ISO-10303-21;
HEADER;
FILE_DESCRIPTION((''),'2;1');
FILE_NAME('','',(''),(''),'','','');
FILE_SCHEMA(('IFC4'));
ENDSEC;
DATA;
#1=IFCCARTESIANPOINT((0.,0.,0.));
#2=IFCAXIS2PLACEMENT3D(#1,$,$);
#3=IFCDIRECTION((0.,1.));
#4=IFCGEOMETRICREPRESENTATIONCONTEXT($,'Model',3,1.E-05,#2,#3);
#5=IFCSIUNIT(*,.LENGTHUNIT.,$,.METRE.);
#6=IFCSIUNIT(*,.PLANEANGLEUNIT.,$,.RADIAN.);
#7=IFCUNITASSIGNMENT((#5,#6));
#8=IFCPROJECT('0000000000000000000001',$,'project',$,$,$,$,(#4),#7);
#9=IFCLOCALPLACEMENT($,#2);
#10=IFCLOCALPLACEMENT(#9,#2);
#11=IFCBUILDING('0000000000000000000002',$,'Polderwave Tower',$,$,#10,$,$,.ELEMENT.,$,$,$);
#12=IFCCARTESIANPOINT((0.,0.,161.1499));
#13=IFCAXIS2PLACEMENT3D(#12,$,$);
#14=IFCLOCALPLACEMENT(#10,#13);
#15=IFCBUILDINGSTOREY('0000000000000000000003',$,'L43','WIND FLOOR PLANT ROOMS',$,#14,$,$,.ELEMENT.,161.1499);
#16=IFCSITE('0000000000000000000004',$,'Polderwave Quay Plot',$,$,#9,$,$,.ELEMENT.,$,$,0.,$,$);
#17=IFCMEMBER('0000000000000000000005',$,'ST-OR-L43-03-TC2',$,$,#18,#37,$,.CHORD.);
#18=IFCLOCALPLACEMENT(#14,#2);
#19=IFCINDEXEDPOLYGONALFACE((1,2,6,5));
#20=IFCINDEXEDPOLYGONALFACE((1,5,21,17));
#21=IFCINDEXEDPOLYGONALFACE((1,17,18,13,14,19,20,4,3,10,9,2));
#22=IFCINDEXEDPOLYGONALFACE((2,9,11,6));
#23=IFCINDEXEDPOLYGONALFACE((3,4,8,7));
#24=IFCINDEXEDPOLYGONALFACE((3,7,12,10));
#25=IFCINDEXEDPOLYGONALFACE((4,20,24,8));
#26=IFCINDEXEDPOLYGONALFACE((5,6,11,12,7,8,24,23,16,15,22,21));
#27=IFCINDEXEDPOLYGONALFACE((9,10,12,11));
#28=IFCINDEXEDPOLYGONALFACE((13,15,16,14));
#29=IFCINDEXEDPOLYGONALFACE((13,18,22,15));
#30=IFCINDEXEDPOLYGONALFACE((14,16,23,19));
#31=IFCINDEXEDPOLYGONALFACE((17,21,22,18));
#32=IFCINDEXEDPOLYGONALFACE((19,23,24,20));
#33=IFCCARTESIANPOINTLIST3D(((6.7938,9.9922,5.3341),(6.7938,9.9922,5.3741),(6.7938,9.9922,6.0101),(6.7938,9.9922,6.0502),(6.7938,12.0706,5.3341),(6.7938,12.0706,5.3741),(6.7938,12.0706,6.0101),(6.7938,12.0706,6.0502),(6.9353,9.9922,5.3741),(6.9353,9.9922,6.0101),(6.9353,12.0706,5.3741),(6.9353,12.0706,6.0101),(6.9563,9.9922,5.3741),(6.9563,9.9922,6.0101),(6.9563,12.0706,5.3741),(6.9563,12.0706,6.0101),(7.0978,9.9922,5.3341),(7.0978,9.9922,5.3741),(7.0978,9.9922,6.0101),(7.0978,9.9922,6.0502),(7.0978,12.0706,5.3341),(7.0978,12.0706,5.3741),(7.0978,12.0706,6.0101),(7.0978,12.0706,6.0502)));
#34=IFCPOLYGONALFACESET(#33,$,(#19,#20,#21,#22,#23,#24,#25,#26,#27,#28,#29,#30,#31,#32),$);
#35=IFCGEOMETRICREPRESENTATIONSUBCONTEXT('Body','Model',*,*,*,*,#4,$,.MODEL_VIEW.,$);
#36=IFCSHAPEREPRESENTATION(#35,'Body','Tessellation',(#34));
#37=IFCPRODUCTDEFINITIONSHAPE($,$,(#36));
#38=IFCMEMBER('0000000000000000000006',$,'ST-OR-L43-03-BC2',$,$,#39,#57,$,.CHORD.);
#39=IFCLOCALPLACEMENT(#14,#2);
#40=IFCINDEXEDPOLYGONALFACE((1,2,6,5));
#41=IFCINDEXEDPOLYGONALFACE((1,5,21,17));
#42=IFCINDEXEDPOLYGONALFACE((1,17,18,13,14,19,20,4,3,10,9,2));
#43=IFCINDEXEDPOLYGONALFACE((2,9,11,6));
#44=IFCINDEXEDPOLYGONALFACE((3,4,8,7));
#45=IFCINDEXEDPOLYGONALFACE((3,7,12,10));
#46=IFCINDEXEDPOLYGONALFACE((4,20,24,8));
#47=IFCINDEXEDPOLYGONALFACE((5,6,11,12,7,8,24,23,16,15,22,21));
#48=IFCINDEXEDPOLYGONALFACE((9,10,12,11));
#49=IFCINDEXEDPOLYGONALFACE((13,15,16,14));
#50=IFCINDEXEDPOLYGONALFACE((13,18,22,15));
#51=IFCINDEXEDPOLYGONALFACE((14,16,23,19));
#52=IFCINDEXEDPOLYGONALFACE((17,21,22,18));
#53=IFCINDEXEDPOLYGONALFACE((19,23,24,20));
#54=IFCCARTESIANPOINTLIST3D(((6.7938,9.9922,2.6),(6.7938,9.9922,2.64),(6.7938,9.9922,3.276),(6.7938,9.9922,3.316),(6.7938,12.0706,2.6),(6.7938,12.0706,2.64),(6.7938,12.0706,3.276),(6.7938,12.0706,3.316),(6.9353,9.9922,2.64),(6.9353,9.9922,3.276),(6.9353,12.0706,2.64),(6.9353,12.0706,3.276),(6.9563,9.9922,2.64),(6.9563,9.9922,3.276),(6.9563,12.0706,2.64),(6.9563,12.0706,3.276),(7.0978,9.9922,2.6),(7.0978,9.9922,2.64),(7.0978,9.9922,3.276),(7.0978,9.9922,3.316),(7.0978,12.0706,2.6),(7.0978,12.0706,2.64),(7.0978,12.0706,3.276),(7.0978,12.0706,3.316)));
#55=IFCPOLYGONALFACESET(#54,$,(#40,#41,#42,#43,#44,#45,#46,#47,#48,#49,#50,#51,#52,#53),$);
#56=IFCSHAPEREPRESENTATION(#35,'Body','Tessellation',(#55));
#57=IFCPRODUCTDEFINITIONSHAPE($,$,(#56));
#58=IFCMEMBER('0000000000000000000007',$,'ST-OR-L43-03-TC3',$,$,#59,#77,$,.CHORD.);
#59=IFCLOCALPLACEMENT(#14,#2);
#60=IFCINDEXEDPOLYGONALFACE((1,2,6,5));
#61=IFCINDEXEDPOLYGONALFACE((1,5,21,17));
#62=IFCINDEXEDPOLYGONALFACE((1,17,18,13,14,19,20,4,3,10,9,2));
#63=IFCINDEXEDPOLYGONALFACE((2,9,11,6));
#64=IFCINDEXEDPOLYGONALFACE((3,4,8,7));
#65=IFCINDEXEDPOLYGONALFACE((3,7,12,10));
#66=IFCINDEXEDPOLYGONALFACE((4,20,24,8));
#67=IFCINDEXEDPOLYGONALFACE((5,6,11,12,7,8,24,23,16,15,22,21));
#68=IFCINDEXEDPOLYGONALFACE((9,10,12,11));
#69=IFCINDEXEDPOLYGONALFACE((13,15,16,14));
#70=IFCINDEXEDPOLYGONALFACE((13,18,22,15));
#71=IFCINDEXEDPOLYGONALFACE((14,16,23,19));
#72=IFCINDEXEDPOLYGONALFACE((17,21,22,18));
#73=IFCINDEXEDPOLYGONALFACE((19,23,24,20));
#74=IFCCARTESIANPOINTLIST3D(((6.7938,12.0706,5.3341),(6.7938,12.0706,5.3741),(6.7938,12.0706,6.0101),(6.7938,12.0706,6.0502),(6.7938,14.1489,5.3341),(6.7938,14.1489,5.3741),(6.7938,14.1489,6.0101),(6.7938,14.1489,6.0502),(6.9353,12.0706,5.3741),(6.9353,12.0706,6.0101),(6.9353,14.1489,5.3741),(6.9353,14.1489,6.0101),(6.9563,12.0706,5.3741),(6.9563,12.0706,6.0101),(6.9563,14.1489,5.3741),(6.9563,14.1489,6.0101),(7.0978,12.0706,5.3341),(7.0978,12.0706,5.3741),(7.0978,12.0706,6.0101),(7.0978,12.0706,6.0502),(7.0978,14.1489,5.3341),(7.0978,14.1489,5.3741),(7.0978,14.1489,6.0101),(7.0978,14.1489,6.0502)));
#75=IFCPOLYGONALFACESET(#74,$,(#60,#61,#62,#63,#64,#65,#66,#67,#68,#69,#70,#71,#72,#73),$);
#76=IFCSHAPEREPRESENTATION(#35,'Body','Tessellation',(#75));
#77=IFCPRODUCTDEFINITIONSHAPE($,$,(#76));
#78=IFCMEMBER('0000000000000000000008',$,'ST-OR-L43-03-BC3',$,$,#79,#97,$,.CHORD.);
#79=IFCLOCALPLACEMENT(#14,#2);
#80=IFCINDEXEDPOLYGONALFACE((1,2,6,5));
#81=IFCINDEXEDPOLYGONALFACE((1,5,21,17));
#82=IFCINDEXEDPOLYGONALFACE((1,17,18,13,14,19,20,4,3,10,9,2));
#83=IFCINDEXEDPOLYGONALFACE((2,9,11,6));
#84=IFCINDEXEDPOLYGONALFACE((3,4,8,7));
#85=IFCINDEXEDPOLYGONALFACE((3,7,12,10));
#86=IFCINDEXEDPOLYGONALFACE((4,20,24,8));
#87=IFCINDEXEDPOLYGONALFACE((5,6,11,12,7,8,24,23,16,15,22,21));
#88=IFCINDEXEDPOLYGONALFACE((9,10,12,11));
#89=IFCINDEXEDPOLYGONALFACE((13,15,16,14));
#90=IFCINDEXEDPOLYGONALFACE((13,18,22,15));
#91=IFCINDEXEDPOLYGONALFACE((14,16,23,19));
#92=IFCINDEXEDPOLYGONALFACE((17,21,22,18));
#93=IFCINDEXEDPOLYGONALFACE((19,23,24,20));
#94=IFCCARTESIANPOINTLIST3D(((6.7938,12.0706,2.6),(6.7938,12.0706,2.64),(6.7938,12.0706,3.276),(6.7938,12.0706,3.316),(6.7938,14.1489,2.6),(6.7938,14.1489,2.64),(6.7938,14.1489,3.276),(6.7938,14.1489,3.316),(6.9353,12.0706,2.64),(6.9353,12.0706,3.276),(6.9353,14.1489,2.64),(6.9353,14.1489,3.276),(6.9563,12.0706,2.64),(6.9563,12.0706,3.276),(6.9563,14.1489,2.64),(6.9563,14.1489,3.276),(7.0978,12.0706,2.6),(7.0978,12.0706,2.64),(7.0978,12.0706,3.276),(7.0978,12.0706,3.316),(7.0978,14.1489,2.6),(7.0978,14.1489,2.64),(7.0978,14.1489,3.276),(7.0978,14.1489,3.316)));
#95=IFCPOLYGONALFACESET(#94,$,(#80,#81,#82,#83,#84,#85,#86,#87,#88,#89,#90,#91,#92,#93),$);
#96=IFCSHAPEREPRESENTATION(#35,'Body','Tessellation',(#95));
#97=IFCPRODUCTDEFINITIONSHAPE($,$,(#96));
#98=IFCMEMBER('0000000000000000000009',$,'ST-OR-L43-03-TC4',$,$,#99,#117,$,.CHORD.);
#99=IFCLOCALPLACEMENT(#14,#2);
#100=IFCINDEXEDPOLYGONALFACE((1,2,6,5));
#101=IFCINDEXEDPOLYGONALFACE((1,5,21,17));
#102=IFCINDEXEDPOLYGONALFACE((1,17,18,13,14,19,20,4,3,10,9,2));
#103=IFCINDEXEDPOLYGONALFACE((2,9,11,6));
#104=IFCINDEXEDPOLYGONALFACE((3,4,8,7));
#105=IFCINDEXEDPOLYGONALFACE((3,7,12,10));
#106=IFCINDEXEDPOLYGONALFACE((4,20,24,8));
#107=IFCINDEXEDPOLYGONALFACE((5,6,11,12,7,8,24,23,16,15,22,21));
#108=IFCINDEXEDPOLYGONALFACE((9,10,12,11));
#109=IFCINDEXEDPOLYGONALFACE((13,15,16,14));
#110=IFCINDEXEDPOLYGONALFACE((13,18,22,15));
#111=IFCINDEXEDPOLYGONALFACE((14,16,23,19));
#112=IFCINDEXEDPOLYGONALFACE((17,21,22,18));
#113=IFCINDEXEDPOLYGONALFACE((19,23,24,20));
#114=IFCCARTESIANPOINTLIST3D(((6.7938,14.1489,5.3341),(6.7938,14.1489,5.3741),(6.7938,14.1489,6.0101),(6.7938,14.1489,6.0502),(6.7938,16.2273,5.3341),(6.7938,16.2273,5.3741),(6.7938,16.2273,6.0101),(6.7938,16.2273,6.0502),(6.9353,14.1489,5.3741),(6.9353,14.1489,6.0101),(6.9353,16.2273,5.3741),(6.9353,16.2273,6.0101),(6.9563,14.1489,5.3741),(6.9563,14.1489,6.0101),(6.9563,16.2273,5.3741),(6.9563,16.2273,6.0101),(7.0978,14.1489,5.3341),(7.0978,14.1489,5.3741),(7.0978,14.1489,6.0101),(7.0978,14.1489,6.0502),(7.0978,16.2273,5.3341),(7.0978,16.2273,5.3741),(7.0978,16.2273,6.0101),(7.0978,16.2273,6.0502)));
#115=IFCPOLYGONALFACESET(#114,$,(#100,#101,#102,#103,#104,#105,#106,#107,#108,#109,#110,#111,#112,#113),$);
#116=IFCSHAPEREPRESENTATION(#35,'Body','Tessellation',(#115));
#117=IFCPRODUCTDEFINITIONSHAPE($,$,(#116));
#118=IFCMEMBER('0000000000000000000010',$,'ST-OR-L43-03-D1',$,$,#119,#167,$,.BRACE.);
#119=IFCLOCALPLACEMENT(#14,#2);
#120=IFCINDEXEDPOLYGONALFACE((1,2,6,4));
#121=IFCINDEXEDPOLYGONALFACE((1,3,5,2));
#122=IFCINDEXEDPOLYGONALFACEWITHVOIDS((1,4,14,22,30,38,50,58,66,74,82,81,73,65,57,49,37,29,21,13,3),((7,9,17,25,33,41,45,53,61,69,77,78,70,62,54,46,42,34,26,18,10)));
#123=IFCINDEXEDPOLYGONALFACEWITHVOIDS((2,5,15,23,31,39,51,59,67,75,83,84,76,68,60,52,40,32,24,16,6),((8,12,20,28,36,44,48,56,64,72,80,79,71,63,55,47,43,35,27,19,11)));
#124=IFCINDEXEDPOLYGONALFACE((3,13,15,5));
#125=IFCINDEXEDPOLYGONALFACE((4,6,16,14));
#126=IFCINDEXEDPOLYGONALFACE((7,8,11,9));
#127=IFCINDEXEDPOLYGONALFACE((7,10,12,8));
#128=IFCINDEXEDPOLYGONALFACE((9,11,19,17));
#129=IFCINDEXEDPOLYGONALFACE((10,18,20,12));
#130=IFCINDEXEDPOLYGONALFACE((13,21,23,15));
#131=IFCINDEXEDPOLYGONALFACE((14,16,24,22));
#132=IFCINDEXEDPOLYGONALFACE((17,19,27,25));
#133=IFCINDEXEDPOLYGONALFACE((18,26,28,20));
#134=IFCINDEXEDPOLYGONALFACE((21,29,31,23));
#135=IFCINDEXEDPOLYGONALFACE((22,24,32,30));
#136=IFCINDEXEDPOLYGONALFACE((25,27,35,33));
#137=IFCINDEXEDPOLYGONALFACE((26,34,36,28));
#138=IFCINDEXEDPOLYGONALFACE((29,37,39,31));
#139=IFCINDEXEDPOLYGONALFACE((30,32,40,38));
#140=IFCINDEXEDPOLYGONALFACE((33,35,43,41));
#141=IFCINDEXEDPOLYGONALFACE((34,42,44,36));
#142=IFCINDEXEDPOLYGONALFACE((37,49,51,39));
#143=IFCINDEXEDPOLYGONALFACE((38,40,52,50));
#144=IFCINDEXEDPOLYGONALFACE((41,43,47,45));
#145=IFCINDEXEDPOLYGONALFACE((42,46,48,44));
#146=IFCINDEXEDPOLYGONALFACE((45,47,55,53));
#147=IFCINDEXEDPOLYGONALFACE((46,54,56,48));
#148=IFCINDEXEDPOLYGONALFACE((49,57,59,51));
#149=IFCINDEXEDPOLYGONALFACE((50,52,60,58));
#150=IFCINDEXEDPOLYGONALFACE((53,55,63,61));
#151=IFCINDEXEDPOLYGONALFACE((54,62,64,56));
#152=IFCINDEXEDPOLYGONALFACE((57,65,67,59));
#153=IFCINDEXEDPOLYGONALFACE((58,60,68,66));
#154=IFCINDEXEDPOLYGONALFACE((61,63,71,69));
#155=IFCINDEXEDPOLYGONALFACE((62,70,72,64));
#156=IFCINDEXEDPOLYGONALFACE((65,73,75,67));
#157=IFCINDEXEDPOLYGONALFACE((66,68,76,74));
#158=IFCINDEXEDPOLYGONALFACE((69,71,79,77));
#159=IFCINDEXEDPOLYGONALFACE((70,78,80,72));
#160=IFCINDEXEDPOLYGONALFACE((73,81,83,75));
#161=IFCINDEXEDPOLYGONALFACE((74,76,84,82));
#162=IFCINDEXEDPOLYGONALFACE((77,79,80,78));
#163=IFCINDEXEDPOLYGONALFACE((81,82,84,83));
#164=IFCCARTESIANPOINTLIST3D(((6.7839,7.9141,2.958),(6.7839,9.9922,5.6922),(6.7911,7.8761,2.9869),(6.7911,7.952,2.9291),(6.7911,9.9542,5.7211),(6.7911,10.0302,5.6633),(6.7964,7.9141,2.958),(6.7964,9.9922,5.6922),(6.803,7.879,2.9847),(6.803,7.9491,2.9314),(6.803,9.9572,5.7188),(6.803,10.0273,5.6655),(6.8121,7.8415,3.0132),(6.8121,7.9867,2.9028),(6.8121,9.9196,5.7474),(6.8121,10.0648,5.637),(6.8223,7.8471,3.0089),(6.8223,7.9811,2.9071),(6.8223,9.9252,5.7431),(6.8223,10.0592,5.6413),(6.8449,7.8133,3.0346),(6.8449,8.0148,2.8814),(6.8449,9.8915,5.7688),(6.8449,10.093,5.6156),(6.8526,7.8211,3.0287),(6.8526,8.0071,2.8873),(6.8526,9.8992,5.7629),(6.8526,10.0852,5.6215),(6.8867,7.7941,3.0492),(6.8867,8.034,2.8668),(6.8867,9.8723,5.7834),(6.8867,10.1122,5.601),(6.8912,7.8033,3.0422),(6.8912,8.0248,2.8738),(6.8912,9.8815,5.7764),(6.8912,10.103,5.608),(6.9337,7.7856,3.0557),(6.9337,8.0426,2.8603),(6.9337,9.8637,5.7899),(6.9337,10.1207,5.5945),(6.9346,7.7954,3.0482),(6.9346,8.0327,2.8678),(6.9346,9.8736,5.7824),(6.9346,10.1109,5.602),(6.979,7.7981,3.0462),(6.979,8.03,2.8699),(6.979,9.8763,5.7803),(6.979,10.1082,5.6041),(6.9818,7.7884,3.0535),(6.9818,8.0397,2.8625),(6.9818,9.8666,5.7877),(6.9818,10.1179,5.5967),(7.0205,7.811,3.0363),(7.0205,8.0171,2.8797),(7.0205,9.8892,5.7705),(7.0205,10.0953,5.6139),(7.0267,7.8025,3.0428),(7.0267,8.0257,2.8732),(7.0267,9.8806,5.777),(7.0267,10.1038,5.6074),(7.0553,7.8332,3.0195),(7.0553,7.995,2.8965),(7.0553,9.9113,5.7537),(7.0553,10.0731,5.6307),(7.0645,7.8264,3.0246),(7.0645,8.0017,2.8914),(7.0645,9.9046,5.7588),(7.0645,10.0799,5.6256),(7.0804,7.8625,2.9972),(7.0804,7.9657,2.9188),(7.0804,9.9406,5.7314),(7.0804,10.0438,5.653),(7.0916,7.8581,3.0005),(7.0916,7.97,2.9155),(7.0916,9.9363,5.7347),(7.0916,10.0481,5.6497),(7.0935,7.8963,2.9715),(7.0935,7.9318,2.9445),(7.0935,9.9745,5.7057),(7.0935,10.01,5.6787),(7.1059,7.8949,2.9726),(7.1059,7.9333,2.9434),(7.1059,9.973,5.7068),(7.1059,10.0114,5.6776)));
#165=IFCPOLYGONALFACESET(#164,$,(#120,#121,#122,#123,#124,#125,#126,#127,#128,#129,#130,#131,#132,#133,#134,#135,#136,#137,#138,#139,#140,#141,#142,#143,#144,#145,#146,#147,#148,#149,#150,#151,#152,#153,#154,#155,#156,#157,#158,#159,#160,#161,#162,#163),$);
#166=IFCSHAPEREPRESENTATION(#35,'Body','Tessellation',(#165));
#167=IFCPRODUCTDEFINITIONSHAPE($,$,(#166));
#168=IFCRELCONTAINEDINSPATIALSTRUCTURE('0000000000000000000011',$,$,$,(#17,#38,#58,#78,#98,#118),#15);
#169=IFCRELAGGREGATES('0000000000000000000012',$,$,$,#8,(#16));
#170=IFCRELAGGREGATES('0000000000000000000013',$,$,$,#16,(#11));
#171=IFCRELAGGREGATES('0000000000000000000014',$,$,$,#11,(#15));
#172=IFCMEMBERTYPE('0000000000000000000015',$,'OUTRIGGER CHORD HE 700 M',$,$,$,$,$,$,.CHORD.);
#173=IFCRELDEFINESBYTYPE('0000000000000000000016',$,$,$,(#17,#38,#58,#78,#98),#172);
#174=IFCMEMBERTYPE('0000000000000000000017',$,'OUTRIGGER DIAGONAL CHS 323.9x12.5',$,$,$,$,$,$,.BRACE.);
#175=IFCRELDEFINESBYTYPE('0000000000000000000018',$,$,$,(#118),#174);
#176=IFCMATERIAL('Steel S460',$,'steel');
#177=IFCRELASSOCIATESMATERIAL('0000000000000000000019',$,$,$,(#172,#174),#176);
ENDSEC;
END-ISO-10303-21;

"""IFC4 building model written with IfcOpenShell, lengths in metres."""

from ifc_helpers import new_model, si_unit, direction, frame, origin, origin_2d, place, context, subcontext, project, spatial, hollow_circle, i_section, extrude, material, material_profile, profile_set, type_object, element, save


model = new_model("IFC4")

# Units and contexts
model_context = context("Model", 3, precision=1e-05, world=origin(), true_north=direction((0.0, 1.0)))
body_context = subcontext(model_context, "Body", "Model", "MODEL_VIEW")
ifc_project = project(units=[si_unit("LENGTHUNIT", "METRE"), si_unit("PLANEANGLEUNIT", "RADIAN")], contexts=[model_context])

# Site, building, storey
site_placement = place(None, origin())
site = spatial("IfcSite", under=ifc_project, at=site_placement, Name="Polderwave Quay Plot", CompositionType="ELEMENT", RefElevation=0.0)
building_placement = place(site_placement, origin())
building = spatial("IfcBuilding", under=site, at=building_placement, Name="Polderwave Tower", CompositionType="ELEMENT")
storey_placement = place(building_placement, frame((0.0, 0.0, 161.1499)))
storey = spatial("IfcBuildingStorey", under=building, at=storey_placement, Name="L43", Description="WIND FLOOR PLANT ROOMS", CompositionType="ELEMENT", Elevation=161.1499)

# Members
ifc_material_1 = material(Name="Steel S460", Category="steel")
ifc_material_profile_1 = material_profile(ifc_material_1, i_section(OverallWidth=0.304, OverallDepth=0.7161, WebThickness=0.021, FlangeThickness=0.04, at=origin_2d()), Name="HE 700 M")
ifc_profile_set_1 = profile_set([ifc_material_profile_1], Name="Steel S460")
member_type_1 = type_object("IfcMemberType", Name="OUTRIGGER CHORD HE 700 M", PredefinedType="CHORD", material=ifc_profile_set_1)
for number, where, z_axis, x_axis, name in (
    (1, (6.9458, 9.9922, 5.6921), (0.0, 1.0, 0.0), (-1.0, 0.0, 0.0), "ST-OR-L43-03-TC2"),
    (2, (6.9458, 9.9922, 2.958), (0.0, 1.0, 0.0), (-1.0, 0.0, 0.0), "ST-OR-L43-03-BC2"),
    (3, (6.9458, 12.0706, 5.6921), (0.0, 1.0, 0.0), (-1.0, 0.0, 0.0), "ST-OR-L43-03-TC3"),
    (4, (6.9458, 12.0706, 2.958), (0.0, 1.0, 0.0), (-1.0, 0.0, 0.0), "ST-OR-L43-03-BC3"),
    (5, (6.9458, 14.1489, 5.6921), (0.0, 1.0, 0.0), (-1.0, 0.0, 0.0), "ST-OR-L43-03-TC4"),
):
    element("IfcMember", number, at=place(storey_placement, frame(where, z_axis=z_axis, x_axis=x_axis)), inside=storey, type_object=member_type_1, Name=name, PredefinedType="CHORD", context=body_context, shape_type="SweptSolid", body=[
        extrude(i_section(OverallWidth=0.304, OverallDepth=0.7161, WebThickness=0.021, FlangeThickness=0.04, at=origin_2d()), origin(), (0.0, 0.0, 1.0), 2.0784),
    ])
ifc_material_profile_2 = material_profile(ifc_material_1, hollow_circle(Radius=0.1619, WallThickness=0.0125, at=origin_2d()), Name="CHS 323.9x12.5")
ifc_profile_set_2 = profile_set([ifc_material_profile_2], Name="Steel S460")
member_type_2 = type_object("IfcMemberType", Name="OUTRIGGER DIAGONAL CHS 323.9x12.5", PredefinedType="BRACE", material=ifc_profile_set_2)
for number, where, z_axis, x_axis, name in (
    (6, (6.9458, 7.9141, 2.958), (0.0, 0.605118, 0.796136), (-1.0, 0.0, 0.0), "ST-OR-L43-03-D1"),
):
    element("IfcMember", number, at=place(storey_placement, frame(where, z_axis=z_axis, x_axis=x_axis)), inside=storey, type_object=member_type_2, Name=name, PredefinedType="BRACE", context=body_context, shape_type="SweptSolid", body=[
        extrude(hollow_circle(Radius=0.1619, WallThickness=0.0125, at=origin_2d()), origin(), (0.0, 0.0, 1.0), 3.4343),
    ])

save(model, "model.ifc")
